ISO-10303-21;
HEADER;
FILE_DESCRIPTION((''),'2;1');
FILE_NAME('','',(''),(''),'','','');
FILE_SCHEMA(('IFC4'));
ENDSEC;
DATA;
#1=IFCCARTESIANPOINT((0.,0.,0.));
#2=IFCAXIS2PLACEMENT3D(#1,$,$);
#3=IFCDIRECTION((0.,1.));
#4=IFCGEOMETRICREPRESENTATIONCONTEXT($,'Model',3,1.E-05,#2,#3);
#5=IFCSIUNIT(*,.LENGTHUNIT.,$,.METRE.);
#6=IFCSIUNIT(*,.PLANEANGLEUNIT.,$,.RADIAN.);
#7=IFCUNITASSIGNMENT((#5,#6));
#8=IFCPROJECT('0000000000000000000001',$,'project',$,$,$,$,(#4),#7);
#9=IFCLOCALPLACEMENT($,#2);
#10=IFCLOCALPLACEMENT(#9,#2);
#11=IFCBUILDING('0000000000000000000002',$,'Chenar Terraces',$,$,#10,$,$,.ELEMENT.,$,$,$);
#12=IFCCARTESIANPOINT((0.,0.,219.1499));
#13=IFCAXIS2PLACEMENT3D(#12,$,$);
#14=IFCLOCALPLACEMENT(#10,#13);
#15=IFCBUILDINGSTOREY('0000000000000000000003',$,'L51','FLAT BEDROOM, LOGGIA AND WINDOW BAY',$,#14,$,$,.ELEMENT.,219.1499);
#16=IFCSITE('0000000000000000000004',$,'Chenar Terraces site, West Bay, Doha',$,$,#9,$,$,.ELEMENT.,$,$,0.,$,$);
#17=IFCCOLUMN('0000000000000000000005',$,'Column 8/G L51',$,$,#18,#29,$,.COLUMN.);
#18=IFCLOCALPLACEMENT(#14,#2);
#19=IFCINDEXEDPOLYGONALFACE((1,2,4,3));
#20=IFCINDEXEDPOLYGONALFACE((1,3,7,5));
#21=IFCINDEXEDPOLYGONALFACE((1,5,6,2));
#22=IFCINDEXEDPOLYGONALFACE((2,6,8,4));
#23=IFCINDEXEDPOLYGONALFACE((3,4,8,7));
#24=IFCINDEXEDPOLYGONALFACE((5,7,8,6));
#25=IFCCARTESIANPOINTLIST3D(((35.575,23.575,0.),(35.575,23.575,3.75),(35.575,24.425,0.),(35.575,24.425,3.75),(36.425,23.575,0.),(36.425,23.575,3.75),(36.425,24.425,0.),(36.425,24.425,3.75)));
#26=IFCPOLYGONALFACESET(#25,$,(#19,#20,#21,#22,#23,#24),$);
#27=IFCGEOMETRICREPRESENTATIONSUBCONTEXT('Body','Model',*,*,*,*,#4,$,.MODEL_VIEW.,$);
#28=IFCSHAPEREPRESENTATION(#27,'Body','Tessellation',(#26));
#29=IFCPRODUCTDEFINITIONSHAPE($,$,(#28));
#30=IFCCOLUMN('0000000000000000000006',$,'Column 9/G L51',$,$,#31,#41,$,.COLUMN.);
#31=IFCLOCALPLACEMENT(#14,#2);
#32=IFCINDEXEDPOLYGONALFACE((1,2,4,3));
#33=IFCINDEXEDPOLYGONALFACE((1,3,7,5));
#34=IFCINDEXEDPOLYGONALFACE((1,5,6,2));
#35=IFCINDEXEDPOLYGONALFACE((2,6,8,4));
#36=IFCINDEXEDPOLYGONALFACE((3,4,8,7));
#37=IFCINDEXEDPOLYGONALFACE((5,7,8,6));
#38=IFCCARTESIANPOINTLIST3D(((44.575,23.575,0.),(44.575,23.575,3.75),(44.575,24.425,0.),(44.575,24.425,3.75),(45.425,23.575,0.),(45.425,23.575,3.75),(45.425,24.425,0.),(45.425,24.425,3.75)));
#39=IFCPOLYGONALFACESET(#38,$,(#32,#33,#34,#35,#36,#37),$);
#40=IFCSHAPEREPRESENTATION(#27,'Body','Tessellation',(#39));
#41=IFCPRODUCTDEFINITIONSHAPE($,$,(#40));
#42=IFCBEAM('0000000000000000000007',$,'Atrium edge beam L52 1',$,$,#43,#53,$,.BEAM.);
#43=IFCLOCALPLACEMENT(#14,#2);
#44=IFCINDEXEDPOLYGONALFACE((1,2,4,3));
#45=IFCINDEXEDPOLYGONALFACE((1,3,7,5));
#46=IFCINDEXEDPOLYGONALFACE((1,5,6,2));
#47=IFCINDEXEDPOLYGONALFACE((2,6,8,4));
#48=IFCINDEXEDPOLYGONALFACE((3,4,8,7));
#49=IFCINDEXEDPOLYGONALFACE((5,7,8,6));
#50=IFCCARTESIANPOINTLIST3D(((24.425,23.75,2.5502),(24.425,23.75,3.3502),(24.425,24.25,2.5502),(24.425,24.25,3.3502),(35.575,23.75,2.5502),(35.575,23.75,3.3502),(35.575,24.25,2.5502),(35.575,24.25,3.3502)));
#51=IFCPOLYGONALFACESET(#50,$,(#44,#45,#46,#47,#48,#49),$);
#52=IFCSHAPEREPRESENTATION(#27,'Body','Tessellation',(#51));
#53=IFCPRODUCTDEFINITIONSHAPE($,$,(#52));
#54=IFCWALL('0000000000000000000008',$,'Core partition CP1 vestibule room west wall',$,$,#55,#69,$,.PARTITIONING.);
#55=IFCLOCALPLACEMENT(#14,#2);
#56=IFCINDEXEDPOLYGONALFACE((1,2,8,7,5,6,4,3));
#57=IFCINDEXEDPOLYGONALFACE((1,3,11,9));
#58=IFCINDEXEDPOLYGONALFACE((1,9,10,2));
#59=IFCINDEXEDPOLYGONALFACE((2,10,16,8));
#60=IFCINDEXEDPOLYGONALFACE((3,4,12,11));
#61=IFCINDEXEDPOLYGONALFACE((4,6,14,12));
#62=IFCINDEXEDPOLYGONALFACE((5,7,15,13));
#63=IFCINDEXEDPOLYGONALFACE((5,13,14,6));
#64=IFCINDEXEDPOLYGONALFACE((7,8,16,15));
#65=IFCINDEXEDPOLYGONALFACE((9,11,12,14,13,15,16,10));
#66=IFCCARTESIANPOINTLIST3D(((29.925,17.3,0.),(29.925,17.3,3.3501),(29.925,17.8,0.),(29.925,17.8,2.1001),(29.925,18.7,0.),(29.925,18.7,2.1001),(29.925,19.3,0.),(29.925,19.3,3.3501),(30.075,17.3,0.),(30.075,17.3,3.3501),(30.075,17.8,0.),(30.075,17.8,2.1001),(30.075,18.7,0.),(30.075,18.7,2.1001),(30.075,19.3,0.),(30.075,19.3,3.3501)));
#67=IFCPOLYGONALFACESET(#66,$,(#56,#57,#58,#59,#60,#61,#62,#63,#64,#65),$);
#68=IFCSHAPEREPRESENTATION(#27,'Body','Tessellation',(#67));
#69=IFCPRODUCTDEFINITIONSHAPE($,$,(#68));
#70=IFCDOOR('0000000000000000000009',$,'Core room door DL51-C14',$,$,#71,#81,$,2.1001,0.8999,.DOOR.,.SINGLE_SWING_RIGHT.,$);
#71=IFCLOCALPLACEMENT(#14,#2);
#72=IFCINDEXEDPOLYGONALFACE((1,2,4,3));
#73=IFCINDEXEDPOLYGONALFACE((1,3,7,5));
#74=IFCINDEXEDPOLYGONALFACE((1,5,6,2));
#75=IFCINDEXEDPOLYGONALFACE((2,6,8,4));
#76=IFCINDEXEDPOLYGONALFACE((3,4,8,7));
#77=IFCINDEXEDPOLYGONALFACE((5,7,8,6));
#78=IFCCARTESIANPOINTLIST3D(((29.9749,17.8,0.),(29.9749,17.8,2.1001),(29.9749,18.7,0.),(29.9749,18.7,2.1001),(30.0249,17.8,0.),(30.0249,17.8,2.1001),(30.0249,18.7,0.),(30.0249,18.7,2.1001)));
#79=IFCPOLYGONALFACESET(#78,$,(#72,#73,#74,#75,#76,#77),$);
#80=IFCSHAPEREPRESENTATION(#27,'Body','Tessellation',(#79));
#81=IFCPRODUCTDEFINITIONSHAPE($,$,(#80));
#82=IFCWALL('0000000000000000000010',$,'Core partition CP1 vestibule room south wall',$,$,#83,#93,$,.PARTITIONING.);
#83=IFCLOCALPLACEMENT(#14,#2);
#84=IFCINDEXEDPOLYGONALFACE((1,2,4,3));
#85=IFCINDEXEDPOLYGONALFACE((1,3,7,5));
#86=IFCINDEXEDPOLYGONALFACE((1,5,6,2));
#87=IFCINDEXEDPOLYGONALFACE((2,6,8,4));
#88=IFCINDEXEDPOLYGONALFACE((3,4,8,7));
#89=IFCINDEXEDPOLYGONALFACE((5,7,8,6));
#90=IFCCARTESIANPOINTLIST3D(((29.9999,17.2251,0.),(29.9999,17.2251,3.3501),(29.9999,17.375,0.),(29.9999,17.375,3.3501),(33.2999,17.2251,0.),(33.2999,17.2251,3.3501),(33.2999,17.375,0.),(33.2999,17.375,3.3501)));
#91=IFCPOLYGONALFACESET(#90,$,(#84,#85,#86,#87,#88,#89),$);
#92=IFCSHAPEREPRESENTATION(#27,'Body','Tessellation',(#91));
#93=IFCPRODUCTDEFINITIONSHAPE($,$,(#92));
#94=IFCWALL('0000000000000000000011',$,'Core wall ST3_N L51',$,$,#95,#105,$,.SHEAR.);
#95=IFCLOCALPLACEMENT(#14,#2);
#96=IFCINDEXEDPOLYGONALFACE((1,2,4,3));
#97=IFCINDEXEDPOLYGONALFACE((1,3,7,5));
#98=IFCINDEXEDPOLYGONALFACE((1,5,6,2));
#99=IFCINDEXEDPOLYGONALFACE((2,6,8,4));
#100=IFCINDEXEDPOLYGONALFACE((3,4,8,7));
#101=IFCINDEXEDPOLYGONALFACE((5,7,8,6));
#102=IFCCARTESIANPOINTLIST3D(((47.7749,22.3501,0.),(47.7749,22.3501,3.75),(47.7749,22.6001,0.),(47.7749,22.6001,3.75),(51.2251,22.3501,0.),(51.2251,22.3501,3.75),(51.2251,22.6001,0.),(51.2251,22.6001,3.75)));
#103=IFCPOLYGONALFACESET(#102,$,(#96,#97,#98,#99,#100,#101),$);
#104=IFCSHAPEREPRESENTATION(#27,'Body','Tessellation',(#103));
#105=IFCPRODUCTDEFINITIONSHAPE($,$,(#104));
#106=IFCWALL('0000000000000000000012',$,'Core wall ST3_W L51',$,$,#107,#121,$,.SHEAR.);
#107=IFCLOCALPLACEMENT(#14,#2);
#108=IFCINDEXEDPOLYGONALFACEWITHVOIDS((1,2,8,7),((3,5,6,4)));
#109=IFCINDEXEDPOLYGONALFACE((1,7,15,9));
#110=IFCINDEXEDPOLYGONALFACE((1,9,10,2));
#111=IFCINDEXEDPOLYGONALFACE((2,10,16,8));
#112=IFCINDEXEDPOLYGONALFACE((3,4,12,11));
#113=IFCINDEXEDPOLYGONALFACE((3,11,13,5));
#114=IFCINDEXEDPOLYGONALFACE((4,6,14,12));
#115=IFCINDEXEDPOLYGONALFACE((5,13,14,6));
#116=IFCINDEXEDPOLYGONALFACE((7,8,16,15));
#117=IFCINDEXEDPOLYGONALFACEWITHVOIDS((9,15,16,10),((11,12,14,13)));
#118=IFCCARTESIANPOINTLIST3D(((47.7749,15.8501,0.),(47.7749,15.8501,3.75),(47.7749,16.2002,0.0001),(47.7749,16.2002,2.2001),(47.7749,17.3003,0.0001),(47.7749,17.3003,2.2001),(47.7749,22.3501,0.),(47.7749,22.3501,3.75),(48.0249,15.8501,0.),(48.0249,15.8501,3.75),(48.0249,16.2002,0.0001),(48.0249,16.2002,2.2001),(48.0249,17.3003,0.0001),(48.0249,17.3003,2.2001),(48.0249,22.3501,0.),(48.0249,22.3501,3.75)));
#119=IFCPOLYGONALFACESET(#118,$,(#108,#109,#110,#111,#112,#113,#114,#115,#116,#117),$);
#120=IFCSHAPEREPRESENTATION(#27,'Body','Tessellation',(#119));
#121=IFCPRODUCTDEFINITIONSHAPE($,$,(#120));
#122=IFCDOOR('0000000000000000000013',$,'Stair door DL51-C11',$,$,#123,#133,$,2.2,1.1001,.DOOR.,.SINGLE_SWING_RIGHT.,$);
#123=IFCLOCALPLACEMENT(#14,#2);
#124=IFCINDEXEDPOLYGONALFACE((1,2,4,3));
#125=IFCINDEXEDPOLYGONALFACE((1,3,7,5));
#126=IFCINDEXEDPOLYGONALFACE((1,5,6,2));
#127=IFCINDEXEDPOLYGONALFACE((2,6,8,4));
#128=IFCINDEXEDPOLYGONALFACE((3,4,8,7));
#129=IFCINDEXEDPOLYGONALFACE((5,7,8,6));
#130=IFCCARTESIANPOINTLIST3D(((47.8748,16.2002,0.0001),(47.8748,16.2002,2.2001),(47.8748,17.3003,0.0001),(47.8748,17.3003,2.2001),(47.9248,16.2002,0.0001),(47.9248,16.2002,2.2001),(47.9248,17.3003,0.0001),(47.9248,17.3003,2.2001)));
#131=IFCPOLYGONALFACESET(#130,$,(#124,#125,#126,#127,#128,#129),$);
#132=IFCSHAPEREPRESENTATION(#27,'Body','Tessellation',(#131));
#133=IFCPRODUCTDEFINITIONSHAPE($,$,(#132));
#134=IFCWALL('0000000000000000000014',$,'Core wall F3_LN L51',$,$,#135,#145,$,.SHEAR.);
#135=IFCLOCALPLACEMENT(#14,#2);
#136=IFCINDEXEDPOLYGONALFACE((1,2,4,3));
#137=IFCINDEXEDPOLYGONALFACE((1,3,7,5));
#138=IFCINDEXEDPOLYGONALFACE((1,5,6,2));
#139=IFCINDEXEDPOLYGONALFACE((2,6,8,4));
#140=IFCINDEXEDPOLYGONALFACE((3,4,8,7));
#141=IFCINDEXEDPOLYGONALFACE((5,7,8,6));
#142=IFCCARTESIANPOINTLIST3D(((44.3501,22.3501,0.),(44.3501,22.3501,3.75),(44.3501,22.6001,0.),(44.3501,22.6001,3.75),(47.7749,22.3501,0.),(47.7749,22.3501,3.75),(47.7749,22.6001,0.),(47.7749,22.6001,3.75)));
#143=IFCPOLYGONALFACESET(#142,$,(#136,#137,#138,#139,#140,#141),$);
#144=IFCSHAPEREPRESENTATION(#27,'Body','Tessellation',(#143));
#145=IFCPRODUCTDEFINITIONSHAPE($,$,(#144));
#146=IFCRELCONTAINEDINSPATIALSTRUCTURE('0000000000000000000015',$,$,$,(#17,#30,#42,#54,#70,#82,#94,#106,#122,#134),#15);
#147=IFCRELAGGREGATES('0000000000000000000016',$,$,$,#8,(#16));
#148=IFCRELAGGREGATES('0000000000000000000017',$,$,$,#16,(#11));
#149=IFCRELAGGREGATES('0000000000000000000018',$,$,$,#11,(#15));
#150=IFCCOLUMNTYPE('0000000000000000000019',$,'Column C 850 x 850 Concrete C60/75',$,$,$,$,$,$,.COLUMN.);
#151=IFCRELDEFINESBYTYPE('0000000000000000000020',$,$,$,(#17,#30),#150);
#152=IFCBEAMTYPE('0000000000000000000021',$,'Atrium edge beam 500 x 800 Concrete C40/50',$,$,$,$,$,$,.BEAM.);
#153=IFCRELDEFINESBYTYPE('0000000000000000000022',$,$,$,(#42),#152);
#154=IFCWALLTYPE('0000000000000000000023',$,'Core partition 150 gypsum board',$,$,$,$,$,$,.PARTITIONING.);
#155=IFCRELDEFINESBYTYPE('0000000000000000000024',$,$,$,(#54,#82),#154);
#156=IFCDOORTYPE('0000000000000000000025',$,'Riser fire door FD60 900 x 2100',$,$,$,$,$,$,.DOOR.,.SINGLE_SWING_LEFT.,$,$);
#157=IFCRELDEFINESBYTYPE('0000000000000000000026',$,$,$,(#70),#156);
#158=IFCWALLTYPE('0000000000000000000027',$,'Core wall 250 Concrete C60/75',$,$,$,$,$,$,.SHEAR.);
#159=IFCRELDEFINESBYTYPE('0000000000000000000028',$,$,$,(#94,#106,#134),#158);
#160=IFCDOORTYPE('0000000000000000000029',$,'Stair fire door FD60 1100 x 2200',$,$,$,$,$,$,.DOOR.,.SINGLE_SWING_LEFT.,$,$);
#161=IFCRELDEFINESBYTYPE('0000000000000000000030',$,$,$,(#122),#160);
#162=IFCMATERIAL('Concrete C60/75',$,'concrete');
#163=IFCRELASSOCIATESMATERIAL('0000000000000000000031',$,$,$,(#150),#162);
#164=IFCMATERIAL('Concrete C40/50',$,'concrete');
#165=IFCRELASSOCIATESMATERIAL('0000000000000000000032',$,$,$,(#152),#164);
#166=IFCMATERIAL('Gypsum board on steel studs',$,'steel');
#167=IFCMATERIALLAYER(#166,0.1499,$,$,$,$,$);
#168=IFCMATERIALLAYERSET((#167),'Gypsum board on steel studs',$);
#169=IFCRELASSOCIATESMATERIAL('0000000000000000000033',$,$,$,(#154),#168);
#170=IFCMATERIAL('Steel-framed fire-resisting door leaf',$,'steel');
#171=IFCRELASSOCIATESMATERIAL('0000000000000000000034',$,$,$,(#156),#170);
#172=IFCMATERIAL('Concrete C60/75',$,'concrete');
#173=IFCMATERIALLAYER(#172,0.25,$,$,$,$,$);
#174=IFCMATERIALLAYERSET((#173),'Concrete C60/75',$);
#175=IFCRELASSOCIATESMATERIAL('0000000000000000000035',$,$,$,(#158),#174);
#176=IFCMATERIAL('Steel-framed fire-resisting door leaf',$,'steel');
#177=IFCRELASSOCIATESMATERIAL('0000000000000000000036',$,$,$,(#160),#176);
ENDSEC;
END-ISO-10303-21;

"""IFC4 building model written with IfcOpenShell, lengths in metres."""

from ifc_helpers import new_model, si_unit, direction, frame, frame_2d, origin, origin_2d, place, context, subcontext, project, spatial, rectangle, extrude, material, layer, layer_set, material_profile, profile_set, type_object, element, fill, save


model = new_model("IFC4")

# Units and contexts
model_context = context("Model", 3, precision=1e-05, world=origin(), true_north=direction((0.0, 1.0)))
body_context = subcontext(model_context, "Body", "Model", "MODEL_VIEW")
ifc_project = project(units=[si_unit("LENGTHUNIT", "METRE"), si_unit("PLANEANGLEUNIT", "RADIAN")], contexts=[model_context])

# Site, building, storey
site_placement = place(None, origin())
site = spatial("IfcSite", under=ifc_project, at=site_placement, Name="Chenar Terraces site, West Bay, Doha", CompositionType="ELEMENT", RefElevation=0.0)
building_placement = place(site_placement, origin())
building = spatial("IfcBuilding", under=site, at=building_placement, Name="Chenar Terraces", CompositionType="ELEMENT")
storey_placement = place(building_placement, frame((0.0, 0.0, 219.1499)))
storey = spatial("IfcBuildingStorey", under=building, at=storey_placement, Name="L51", Description="FLAT BEDROOM, LOGGIA AND WINDOW BAY", CompositionType="ELEMENT", Elevation=219.1499)

# Columns
ifc_material_1 = material(Name="Concrete C60/75", Category="concrete")
ifc_material_profile_1 = material_profile(ifc_material_1, rectangle(XDim=0.8501, YDim=0.8501, at=origin_2d()), Name="C 850 x 850")
ifc_profile_set_1 = profile_set([ifc_material_profile_1], Name="Concrete C60/75")
column_type = type_object("IfcColumnType", Name="Column C 850 x 850 Concrete C60/75", PredefinedType="COLUMN", material=ifc_profile_set_1)
for number, where, z_axis, x_axis, name in (
    (1, (36.0, 24.0, 0.0), (0.0, 0.0, 1.0), (1.0, 0.0, 0.0), "Column 8/G L51"),
    (2, (45.0, 24.0, 0.0), (0.0, 0.0, 1.0), (1.0, 0.0, 0.0), "Column 9/G L51"),
):
    element("IfcColumn", number, at=place(storey_placement, frame(where, z_axis=z_axis, x_axis=x_axis)), inside=storey, type_object=column_type, Name=name, PredefinedType="COLUMN", context=body_context, shape_type="SweptSolid", body=[
        extrude(rectangle(XDim=0.8501, YDim=0.8501, at=origin_2d()), origin(), (0.0, 0.0, 1.0), 3.75),
    ])

# Beam
ifc_material_2 = material(Name="Concrete C40/50", Category="concrete")
ifc_material_profile_2 = material_profile(ifc_material_2, rectangle(XDim=0.5, YDim=0.8, at=origin_2d()), Name="RC 500 x 800")
ifc_profile_set_2 = profile_set([ifc_material_profile_2], Name="Concrete C40/50")
beam_type = type_object("IfcBeamType", Name="Atrium edge beam 500 x 800 Concrete C40/50", PredefinedType="BEAM", material=ifc_profile_set_2)
beam_placement = place(storey_placement, frame((24.425, 24.0, 2.9502), z_axis=(1.0, 0.0, 0.0), x_axis=(0.0, 1.0, 0.0)))
element("IfcBeam", 3, at=beam_placement, inside=storey, type_object=beam_type, Name="Atrium edge beam L52 1", PredefinedType="BEAM", context=body_context, shape_type="SweptSolid", body=[
    extrude(rectangle(XDim=0.5, YDim=0.8, at=origin_2d()), origin(), (0.0, 0.0, 1.0), 11.1499),
])

# Wall, opening, door
ifc_material_3 = material(Name="Gypsum board on steel studs", Category="steel")
ifc_layer_1 = layer(ifc_material_3, 0.1499)
ifc_layer_set_1 = layer_set([ifc_layer_1], Name="Gypsum board on steel studs")
wall_type_1 = type_object("IfcWallType", Name="Core partition 150 gypsum board", PredefinedType="PARTITIONING", material=ifc_layer_set_1)
wall_1_placement = place(storey_placement, frame((30.0, 17.3, 0.0), z_axis=(0.0, 0.0, 1.0), x_axis=(0.0, 1.0, 0.0)))
wall_1 = element("IfcWall", 4, at=wall_1_placement, inside=storey, type_object=wall_type_1, Name="Core partition CP1 vestibule room west wall", PredefinedType="PARTITIONING", context=body_context, shape_type="SweptSolid", body=[
    extrude(rectangle(XDim=2.0, YDim=0.1499, at=frame_2d((1.0, 0.0))), origin(), (0.0, 0.0, 1.0), 3.3501),
])
opening_1_placement = place(wall_1_placement, frame((0.5, 0.0, 0.0)))
opening_1 = element("IfcOpeningElement", 5, at=opening_1_placement, cuts=wall_1, PredefinedType="OPENING", context=body_context, shape_type="SweptSolid", body=[
    extrude(rectangle(XDim=0.8999, YDim=2.1001, at=frame_2d((0.45, 1.05))), frame((0.0, 0.085, 0.0), z_axis=(0.0, -1.0, 0.0), x_axis=(1.0, 0.0, 0.0)), (0.0, 0.0, 1.0), 0.1699),
])
ifc_material_4 = material(Name="Steel-framed fire-resisting door leaf", Category="steel")
door_type_1 = type_object("IfcDoorType", Name="Riser fire door FD60 900 x 2100", OperationType="SINGLE_SWING_LEFT", PredefinedType="DOOR", material=ifc_material_4)
door_1_placement = place(opening_1_placement, frame((0.8999, 0.0, 0.0), z_axis=(0.0, 0.0, 1.0), x_axis=(-1.0, 0.0, 0.0)))
door_1 = element("IfcDoor", 6, at=door_1_placement, inside=storey, type_object=door_type_1, Name="Core room door DL51-C14", OperationType="SINGLE_SWING_RIGHT", OverallHeight=2.1001, OverallWidth=0.8999, PredefinedType="DOOR", context=body_context, shape_type="SweptSolid", body=[
    extrude(rectangle(XDim=0.8999, YDim=2.1001, at=frame_2d((0.45, 1.05))), frame((0.0, 0.0249, 0.0), z_axis=(0.0, -1.0, 0.0), x_axis=(1.0, 0.0, 0.0)), (0.0, 0.0, 1.0), 0.05),
])
fill(opening_1, door_1)

# Walls
wall_2_placement = place(storey_placement, frame((30.0, 17.3, 0.0), z_axis=(0.0, 0.0, 1.0), x_axis=(1.0, 0.0, 0.0)))
element("IfcWall", 7, at=wall_2_placement, inside=storey, type_object=wall_type_1, Name="Core partition CP1 vestibule room south wall", PredefinedType="PARTITIONING", context=body_context, shape_type="SweptSolid", body=[
    extrude(rectangle(XDim=3.3, YDim=0.1499, at=frame_2d((1.6499, 0.0))), origin(), (0.0, 0.0, 1.0), 3.3501),
])
ifc_material_5 = material(Name="Concrete C60/75", Category="concrete")
ifc_layer_2 = layer(ifc_material_5, 0.25)
ifc_layer_set_2 = layer_set([ifc_layer_2], Name="Concrete C60/75")
wall_type_2 = type_object("IfcWallType", Name="Core wall 250 Concrete C60/75", PredefinedType="SHEAR", material=ifc_layer_set_2)
wall_3_placement = place(storey_placement, frame((47.7749, 22.4751, 0.0), z_axis=(0.0, 0.0, 1.0), x_axis=(1.0, 0.0, 0.0)))
element("IfcWall", 8, at=wall_3_placement, inside=storey, type_object=wall_type_2, Name="Core wall ST3_N L51", PredefinedType="SHEAR", context=body_context, shape_type="SweptSolid", body=[
    extrude(rectangle(XDim=3.4502, YDim=0.25, at=frame_2d((1.7251, 0.0))), origin(), (0.0, 0.0, 1.0), 3.75),
])

# Wall, opening, door
wall_4_placement = place(storey_placement, frame((47.8999, 15.8501, 0.0), z_axis=(0.0, 0.0, 1.0), x_axis=(0.0, 1.0, 0.0)))
wall_4 = element("IfcWall", 9, at=wall_4_placement, inside=storey, type_object=wall_type_2, Name="Core wall ST3_W L51", PredefinedType="SHEAR", context=body_context, shape_type="SweptSolid", body=[
    extrude(rectangle(XDim=6.5, YDim=0.25, at=frame_2d((3.25, 0.0))), origin(), (0.0, 0.0, 1.0), 3.75),
])
opening_2_placement = place(wall_4_placement, frame((0.3501, 0.0, 0.0)))
opening_2 = element("IfcOpeningElement", 10, at=opening_2_placement, cuts=wall_4, PredefinedType="OPENING", context=body_context, shape_type="SweptSolid", body=[
    extrude(rectangle(XDim=1.1001, YDim=2.2, at=frame_2d((0.55, 1.1001))), frame((0.0, 0.135, 0.0), z_axis=(0.0, -1.0, 0.0), x_axis=(1.0, 0.0, 0.0)), (0.0, 0.0, 1.0), 0.27),
])
ifc_material_6 = material(Name="Steel-framed fire-resisting door leaf", Category="steel")
door_type_2 = type_object("IfcDoorType", Name="Stair fire door FD60 1100 x 2200", OperationType="SINGLE_SWING_LEFT", PredefinedType="DOOR", material=ifc_material_6)
door_2_placement = place(opening_2_placement, frame((1.1001, 0.0, 0.0), z_axis=(0.0, 0.0, 1.0), x_axis=(-1.0, 0.0, 0.0)))
door_2 = element("IfcDoor", 11, at=door_2_placement, inside=storey, type_object=door_type_2, Name="Stair door DL51-C11", OperationType="SINGLE_SWING_RIGHT", OverallHeight=2.2, OverallWidth=1.1001, PredefinedType="DOOR", context=body_context, shape_type="SweptSolid", body=[
    extrude(rectangle(XDim=1.1001, YDim=2.2, at=frame_2d((0.55, 1.1001))), frame((0.0, 0.0249, 0.0), z_axis=(0.0, -1.0, 0.0), x_axis=(1.0, 0.0, 0.0)), (0.0, 0.0, 1.0), 0.05),
])
fill(opening_2, door_2)

# Wall
wall_5_placement = place(storey_placement, frame((44.3501, 22.4751, 0.0), z_axis=(0.0, 0.0, 1.0), x_axis=(1.0, 0.0, 0.0)))
element("IfcWall", 12, at=wall_5_placement, inside=storey, type_object=wall_type_2, Name="Core wall F3_LN L51", PredefinedType="SHEAR", context=body_context, shape_type="SweptSolid", body=[
    extrude(rectangle(XDim=3.4248, YDim=0.25, at=frame_2d((1.7124, 0.0))), origin(), (0.0, 0.0, 1.0), 3.75),
])

save(model, "model.ifc")
